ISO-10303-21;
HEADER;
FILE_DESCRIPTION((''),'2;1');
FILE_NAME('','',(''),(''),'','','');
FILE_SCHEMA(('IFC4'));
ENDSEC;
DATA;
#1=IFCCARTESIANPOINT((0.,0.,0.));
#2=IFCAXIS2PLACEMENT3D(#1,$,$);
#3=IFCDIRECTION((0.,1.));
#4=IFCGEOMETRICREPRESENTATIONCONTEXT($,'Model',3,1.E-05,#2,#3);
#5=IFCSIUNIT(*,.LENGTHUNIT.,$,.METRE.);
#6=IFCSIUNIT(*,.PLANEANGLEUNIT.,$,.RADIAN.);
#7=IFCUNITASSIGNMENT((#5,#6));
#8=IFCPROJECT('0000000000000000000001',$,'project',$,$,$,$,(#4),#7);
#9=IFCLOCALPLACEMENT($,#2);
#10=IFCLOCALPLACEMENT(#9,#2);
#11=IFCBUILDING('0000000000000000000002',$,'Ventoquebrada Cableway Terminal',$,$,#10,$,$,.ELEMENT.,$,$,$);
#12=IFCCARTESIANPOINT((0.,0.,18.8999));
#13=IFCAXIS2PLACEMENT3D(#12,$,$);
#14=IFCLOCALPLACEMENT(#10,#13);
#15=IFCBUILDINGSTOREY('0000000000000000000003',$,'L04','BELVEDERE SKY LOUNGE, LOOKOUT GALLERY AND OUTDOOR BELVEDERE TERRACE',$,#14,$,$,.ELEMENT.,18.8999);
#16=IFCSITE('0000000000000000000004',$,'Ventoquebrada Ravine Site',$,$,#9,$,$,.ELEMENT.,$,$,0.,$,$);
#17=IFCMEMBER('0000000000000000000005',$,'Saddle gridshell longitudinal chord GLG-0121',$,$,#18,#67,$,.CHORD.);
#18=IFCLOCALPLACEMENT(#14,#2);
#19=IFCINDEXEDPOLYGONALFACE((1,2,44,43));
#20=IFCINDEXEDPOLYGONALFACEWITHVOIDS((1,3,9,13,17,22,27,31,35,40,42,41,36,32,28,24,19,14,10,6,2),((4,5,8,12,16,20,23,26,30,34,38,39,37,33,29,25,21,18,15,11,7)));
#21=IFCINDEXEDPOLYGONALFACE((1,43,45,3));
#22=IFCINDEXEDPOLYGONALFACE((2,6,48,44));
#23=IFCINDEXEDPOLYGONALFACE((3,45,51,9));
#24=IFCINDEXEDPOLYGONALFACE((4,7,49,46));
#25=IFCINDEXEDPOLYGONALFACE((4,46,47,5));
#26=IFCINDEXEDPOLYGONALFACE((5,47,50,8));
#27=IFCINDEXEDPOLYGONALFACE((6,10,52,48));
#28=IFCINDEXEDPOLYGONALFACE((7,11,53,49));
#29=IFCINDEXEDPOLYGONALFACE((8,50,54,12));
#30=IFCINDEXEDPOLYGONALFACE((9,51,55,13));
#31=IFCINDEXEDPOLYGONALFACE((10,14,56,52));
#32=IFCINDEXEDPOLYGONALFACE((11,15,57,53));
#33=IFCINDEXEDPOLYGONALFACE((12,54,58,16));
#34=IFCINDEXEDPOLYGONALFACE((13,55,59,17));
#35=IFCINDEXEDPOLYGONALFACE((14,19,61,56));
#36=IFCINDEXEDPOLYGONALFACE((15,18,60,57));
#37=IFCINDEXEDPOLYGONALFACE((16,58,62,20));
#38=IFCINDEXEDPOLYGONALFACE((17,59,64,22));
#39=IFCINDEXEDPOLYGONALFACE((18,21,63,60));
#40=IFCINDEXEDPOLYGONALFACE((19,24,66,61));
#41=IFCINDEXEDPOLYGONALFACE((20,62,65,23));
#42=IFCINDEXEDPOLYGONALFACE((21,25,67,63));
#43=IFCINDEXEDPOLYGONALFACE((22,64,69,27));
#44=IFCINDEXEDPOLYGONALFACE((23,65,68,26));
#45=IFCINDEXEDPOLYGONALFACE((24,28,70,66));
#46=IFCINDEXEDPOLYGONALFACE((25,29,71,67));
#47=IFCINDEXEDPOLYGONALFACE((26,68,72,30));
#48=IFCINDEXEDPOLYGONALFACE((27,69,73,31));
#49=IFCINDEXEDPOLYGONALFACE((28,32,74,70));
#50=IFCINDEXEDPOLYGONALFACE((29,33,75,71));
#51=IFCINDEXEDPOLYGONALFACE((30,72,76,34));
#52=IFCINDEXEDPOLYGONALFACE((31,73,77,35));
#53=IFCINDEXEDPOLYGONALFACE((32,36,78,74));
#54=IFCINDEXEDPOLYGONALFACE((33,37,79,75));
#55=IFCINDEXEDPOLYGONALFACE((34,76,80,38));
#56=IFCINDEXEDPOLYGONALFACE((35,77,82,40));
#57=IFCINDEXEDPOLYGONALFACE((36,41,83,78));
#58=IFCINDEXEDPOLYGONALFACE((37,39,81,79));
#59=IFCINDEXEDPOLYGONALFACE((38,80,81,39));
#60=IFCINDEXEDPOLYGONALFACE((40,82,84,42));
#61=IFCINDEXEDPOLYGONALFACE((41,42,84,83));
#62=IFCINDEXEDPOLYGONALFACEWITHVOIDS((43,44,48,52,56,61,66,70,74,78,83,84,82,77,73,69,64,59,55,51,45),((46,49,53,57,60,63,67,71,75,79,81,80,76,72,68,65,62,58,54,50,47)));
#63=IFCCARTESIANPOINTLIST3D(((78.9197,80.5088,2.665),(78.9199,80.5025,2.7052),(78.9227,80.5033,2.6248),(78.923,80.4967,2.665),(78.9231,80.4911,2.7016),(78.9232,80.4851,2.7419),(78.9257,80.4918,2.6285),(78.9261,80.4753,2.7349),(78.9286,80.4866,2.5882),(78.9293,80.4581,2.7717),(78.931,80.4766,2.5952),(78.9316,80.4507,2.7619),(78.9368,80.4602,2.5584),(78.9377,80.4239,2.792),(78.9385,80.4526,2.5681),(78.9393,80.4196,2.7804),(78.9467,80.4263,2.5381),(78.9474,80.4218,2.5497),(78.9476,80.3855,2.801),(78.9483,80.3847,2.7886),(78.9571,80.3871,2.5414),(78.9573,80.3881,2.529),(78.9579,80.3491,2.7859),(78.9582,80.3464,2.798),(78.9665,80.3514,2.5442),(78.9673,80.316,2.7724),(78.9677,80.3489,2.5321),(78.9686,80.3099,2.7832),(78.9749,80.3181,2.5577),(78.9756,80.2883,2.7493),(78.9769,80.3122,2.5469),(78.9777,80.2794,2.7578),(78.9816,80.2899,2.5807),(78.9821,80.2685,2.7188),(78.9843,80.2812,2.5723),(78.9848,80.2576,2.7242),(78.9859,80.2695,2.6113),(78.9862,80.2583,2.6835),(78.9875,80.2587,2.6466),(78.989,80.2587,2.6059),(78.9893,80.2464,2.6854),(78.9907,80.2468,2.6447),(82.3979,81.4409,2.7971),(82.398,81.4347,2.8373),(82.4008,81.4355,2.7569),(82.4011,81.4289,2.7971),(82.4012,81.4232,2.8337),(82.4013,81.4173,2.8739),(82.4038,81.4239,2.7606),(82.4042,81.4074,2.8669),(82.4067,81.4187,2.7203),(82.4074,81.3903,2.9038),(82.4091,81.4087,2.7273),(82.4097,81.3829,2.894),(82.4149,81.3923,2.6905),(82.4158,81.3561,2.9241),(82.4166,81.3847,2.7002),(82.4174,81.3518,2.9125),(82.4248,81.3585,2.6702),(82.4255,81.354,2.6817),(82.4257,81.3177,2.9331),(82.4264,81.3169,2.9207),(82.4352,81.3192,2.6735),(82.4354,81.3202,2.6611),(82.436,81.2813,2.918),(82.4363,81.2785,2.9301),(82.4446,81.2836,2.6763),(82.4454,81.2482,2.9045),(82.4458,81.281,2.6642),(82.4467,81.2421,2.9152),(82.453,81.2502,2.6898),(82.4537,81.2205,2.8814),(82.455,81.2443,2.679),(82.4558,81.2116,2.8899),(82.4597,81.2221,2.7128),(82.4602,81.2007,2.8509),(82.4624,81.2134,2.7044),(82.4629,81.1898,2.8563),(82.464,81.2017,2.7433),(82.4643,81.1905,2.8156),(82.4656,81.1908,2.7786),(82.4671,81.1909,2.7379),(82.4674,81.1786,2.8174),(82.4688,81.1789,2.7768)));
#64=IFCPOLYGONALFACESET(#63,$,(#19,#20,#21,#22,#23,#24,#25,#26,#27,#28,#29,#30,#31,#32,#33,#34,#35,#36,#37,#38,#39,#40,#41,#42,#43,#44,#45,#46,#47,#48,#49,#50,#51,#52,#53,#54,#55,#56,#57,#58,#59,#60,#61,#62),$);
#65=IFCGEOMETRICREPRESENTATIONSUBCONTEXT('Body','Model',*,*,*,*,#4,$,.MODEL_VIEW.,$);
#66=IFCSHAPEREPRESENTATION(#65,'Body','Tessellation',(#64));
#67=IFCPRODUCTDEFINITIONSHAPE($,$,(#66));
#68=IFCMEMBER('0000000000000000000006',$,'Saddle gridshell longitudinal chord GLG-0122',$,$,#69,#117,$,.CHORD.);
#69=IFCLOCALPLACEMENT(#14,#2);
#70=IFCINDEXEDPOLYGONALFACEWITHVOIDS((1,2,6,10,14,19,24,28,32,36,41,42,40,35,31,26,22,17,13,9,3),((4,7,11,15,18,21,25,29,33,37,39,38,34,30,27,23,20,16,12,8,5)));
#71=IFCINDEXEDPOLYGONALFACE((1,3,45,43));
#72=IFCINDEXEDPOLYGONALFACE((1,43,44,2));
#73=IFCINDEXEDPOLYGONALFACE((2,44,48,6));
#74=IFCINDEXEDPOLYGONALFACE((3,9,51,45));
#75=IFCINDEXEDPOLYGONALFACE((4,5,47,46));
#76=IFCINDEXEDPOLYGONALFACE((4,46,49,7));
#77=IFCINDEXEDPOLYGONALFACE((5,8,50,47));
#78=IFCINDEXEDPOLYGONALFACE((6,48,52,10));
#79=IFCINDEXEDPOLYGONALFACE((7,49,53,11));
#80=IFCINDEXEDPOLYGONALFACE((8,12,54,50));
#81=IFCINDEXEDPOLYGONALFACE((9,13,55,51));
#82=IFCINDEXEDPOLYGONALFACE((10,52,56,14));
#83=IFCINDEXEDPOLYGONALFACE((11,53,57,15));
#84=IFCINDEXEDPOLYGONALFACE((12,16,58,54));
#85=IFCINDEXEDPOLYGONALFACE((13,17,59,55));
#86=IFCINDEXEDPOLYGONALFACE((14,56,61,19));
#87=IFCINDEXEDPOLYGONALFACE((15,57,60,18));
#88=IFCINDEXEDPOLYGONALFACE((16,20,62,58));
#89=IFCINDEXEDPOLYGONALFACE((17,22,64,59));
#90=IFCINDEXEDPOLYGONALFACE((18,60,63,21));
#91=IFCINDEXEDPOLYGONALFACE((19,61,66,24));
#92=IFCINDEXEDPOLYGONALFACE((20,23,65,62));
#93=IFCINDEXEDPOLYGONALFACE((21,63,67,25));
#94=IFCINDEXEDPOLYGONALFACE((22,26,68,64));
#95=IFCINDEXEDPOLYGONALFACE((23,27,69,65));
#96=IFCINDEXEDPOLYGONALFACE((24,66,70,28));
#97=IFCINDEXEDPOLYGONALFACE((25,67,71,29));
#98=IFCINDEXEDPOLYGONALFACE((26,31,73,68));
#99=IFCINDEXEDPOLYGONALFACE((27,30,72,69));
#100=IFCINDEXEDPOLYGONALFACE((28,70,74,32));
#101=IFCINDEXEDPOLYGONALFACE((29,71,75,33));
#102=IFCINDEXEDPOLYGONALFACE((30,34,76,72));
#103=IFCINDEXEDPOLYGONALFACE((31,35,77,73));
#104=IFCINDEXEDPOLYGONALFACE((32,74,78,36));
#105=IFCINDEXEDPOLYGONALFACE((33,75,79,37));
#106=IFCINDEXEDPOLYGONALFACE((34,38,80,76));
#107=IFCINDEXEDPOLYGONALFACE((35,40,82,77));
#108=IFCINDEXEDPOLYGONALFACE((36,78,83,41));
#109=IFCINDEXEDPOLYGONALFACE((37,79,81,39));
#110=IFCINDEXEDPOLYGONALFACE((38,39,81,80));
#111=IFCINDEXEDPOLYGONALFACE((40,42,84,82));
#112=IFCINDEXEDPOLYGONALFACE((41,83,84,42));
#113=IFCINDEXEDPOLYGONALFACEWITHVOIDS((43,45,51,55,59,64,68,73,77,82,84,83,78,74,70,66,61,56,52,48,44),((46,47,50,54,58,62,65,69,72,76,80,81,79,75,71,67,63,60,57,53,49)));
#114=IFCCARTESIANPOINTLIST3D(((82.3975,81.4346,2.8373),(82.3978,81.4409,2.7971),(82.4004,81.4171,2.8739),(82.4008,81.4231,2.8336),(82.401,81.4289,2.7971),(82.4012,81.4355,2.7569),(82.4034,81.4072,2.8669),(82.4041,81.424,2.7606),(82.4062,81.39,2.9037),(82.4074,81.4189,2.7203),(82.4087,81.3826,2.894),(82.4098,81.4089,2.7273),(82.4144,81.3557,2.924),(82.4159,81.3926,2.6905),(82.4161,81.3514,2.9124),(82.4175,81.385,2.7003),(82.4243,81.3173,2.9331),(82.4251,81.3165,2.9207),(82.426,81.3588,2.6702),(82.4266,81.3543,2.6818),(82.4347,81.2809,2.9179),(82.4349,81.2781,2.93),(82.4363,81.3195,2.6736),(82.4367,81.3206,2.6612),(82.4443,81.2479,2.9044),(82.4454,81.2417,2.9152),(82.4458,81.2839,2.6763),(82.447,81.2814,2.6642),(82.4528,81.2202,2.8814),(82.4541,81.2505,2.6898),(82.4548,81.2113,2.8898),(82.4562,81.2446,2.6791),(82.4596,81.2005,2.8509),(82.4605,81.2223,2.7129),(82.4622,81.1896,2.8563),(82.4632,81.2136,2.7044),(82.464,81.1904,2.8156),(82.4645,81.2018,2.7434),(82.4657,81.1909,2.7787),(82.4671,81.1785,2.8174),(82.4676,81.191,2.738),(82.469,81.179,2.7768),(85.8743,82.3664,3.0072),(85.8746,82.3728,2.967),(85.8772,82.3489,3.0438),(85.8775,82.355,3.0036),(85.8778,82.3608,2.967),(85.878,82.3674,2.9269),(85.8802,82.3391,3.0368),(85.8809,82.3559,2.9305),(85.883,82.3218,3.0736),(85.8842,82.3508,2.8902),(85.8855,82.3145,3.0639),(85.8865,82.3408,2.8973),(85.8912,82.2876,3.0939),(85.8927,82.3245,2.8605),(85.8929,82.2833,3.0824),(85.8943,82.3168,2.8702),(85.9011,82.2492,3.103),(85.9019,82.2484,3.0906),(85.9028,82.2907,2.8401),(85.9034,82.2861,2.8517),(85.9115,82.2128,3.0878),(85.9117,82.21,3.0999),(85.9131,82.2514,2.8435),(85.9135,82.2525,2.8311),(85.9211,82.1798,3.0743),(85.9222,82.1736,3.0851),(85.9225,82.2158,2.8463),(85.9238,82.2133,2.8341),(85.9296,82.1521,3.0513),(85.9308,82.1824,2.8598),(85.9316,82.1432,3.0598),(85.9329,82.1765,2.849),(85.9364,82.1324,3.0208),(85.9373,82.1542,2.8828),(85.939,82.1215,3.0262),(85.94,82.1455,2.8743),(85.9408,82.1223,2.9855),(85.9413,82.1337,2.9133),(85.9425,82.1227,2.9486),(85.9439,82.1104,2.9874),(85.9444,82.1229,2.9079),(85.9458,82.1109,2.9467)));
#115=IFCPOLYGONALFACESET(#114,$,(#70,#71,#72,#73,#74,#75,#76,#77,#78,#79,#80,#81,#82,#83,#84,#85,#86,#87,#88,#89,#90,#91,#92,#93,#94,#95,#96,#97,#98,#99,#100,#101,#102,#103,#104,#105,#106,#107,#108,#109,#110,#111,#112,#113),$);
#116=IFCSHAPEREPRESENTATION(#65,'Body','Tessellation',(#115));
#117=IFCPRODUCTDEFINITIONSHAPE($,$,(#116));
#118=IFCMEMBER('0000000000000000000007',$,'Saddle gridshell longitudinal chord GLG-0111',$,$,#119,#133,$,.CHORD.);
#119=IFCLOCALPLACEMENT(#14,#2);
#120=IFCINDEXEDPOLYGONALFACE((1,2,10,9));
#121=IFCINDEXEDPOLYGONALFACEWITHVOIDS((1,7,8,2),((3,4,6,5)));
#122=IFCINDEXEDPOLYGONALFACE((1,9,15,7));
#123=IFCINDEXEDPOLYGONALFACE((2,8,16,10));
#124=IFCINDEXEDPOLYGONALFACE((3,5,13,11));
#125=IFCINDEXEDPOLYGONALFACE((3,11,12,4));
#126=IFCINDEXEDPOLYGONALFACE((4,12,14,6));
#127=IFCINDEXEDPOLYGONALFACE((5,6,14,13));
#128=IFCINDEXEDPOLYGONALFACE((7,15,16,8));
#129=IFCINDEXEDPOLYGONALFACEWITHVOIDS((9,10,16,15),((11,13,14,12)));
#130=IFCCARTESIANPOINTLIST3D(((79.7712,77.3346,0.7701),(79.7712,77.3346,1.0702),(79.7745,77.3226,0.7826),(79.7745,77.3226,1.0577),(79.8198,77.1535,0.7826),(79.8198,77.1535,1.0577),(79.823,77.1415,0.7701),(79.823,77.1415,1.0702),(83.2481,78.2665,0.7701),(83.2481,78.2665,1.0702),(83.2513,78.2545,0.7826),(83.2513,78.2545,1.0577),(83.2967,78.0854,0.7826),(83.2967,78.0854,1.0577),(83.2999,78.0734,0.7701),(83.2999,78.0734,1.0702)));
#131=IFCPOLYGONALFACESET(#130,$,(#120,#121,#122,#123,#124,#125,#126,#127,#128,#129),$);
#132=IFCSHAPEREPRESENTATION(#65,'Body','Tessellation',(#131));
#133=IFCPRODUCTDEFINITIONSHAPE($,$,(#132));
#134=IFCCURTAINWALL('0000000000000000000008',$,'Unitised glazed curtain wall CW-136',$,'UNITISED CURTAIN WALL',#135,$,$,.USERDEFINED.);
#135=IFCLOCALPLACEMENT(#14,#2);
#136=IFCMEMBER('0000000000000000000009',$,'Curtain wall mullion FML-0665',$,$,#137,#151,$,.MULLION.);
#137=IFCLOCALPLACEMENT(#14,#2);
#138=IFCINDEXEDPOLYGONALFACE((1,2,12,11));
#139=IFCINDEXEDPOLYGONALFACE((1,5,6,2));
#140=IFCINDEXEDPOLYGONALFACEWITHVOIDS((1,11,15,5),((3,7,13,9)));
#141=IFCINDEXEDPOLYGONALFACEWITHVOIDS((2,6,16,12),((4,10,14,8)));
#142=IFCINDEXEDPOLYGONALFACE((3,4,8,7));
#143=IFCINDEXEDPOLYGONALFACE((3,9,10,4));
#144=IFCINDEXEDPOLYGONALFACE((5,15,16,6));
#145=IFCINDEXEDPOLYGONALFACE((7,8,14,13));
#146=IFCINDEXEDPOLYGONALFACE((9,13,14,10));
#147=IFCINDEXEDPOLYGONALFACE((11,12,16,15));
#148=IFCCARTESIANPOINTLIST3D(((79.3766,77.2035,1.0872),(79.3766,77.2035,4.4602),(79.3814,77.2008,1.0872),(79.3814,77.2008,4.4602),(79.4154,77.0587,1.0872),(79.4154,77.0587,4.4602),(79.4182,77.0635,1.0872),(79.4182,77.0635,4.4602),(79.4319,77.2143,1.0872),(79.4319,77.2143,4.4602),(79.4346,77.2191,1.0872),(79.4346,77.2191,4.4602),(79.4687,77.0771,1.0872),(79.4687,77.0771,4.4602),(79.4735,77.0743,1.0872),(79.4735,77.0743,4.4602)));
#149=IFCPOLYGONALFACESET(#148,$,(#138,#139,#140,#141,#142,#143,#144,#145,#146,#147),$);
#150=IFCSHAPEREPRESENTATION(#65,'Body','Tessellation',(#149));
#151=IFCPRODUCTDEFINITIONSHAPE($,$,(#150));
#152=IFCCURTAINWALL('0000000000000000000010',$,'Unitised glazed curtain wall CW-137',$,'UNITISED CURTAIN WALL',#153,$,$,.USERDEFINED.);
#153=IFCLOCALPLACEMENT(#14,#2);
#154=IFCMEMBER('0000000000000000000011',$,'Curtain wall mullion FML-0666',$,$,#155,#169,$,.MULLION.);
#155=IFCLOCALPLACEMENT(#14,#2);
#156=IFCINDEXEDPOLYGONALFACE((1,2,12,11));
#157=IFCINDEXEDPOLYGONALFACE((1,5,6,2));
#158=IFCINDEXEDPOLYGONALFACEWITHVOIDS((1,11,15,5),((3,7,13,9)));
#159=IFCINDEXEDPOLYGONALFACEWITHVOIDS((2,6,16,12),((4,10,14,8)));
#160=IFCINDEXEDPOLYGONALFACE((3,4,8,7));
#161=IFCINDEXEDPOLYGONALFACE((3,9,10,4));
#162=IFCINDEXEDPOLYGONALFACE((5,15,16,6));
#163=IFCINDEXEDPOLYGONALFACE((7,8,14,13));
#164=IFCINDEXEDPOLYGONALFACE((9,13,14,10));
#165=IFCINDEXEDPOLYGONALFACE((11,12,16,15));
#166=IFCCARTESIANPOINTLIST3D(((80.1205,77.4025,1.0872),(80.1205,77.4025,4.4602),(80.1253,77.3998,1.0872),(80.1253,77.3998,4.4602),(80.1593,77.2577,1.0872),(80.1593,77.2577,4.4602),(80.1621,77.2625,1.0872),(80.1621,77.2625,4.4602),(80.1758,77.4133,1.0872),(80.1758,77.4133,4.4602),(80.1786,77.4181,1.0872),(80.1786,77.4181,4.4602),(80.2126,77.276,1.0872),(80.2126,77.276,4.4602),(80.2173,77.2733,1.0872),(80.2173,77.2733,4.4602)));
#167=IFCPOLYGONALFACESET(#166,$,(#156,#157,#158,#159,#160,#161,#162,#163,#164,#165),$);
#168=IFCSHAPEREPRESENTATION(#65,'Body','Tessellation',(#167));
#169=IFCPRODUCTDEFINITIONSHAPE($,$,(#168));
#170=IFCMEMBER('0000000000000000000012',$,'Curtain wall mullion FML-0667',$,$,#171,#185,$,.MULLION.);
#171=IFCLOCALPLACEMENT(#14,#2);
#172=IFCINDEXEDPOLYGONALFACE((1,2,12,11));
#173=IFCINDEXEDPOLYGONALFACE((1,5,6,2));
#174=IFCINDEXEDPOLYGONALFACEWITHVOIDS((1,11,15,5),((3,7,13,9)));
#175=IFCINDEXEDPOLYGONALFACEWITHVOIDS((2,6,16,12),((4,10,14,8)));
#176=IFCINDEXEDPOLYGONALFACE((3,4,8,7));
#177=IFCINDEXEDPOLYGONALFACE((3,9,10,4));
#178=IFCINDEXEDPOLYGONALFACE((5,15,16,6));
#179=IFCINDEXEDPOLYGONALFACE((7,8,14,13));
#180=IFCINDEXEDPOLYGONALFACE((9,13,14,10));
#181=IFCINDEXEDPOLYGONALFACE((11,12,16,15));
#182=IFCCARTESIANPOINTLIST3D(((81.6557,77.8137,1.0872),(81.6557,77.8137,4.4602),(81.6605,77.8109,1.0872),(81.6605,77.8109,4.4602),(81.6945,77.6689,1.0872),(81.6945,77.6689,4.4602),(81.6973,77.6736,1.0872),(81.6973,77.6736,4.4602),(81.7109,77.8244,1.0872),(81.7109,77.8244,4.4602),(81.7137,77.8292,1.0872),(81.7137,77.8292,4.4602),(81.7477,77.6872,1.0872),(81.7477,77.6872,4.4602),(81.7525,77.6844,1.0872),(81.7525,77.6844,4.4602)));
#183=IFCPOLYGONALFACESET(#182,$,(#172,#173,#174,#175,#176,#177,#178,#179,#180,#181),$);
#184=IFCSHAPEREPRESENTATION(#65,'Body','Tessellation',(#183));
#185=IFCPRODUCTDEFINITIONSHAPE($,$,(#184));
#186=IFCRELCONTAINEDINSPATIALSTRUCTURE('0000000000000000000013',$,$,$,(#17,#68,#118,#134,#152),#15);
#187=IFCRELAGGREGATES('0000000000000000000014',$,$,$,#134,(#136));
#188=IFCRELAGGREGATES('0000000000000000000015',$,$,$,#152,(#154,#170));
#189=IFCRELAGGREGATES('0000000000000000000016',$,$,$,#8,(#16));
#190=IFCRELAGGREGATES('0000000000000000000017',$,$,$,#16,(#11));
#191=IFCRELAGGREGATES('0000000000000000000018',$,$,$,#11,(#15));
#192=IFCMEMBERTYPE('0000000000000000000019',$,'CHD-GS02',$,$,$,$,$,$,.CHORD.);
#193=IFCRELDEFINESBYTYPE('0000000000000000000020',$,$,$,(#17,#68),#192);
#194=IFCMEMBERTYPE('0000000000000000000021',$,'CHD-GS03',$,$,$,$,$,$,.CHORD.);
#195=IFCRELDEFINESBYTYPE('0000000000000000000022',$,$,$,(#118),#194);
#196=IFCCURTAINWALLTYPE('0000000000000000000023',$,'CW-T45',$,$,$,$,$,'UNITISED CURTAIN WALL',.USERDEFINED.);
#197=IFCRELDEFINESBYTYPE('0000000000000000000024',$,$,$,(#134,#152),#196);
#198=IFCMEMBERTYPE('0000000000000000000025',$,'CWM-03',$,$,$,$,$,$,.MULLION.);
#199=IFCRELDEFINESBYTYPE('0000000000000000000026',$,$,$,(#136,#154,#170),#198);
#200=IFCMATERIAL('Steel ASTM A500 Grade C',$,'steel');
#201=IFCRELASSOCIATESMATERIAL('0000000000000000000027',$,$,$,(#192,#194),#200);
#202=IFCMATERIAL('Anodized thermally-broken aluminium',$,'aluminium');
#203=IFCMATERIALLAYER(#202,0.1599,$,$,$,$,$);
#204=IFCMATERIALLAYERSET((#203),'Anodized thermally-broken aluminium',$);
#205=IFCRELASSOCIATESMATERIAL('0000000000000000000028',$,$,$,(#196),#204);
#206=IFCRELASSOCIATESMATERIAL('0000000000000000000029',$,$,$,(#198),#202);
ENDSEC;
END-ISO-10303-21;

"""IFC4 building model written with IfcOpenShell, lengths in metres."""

from ifc_helpers import new_model, si_unit, direction, frame, origin, origin_2d, place, context, subcontext, project, spatial, hollow_rectangle, hollow_circle, extrude, material, layer, layer_set, material_profile, profile_set, type_object, element, aggregate, save


model = new_model("IFC4")

# Units and contexts
model_context = context("Model", 3, precision=1e-05, world=origin(), true_north=direction((0.0, 1.0)))
body_context = subcontext(model_context, "Body", "Model", "MODEL_VIEW")
ifc_project = project(units=[si_unit("LENGTHUNIT", "METRE"), si_unit("PLANEANGLEUNIT", "RADIAN")], contexts=[model_context])

# Site, building, storey
site_placement = place(None, origin())
site = spatial("IfcSite", under=ifc_project, at=site_placement, Name="Ventoquebrada Ravine Site", CompositionType="ELEMENT", RefElevation=0.0)
building_placement = place(site_placement, origin())
building = spatial("IfcBuilding", under=site, at=building_placement, Name="Ventoquebrada Cableway Terminal", CompositionType="ELEMENT")
storey_placement = place(building_placement, frame((0.0, 0.0, 18.8999)))
storey = spatial("IfcBuildingStorey", under=building, at=storey_placement, Name="L04", Description="BELVEDERE SKY LOUNGE, LOOKOUT GALLERY AND OUTDOOR BELVEDERE TERRACE", CompositionType="ELEMENT", Elevation=18.8999)

# Members
ifc_material_1 = material(Name="Steel ASTM A500 Grade C", Category="steel")
ifc_material_profile_1 = material_profile(ifc_material_1, hollow_circle(Radius=0.1365, WallThickness=0.0125, at=origin_2d()), Name="CHS273.0X12.5")
ifc_profile_set_1 = profile_set([ifc_material_profile_1], Name="Steel ASTM A500 Grade C")
member_type_1 = type_object("IfcMemberType", Name="CHD-GS02", PredefinedType="CHORD", material=ifc_profile_set_1)
member_1_placement = place(storey_placement, frame((78.9551, 80.377, 2.665), z_axis=(0.965263, 0.258695, 0.036656), x_axis=(-0.258869, 0.965912, 0.0)))
element("IfcMember", 1, at=member_1_placement, inside=storey, type_object=member_type_1, Name="Saddle gridshell longitudinal chord GLG-0121", PredefinedType="CHORD", context=body_context, shape_type="SweptSolid", body=[
    extrude(hollow_circle(Radius=0.1365, WallThickness=0.0125, at=origin_2d()), origin(), (0.0, 0.0, 1.0), 3.6033),
])
member_2_placement = place(storey_placement, frame((82.4331, 81.3091, 2.7971), z_axis=(0.964832, 0.258603, 0.047154), x_axis=(-0.258891, 0.965907, 0.0)))
element("IfcMember", 2, at=member_2_placement, inside=storey, type_object=member_type_1, Name="Saddle gridshell longitudinal chord GLG-0122", PredefinedType="CHORD", context=body_context, shape_type="SweptSolid", body=[
    extrude(hollow_circle(Radius=0.1365, WallThickness=0.0125, at=origin_2d()), origin(), (0.0, 0.0, 1.0), 3.6035),
])
ifc_material_profile_2 = material_profile(ifc_material_1, hollow_rectangle(XDim=0.2, YDim=0.3, WallThickness=0.0125, at=origin_2d()), Name="RHS300X200X12.5")
ifc_profile_set_2 = profile_set([ifc_material_profile_2], Name="Steel ASTM A500 Grade C")
member_type_2 = type_object("IfcMemberType", Name="CHD-GS03", PredefinedType="CHORD", material=ifc_profile_set_2)
member_3_placement = place(storey_placement, frame((79.7971, 77.238, 0.9202), z_axis=(0.965907, 0.258891, 0.0), x_axis=(-0.258891, 0.965907, 0.0)))
element("IfcMember", 3, at=member_3_placement, inside=storey, type_object=member_type_2, Name="Saddle gridshell longitudinal chord GLG-0111", PredefinedType="CHORD", context=body_context, shape_type="SweptSolid", body=[
    extrude(hollow_rectangle(XDim=0.2, YDim=0.3, WallThickness=0.0125, at=origin_2d()), origin(), (0.0, 0.0, 1.0), 3.5996),
])

# Curtain wall, member
ifc_material_2 = material(Name="Anodized thermally-broken aluminium", Category="aluminium")
ifc_layer_1 = layer(ifc_material_2, 0.1599)
ifc_layer_set_1 = layer_set([ifc_layer_1], Name="Anodized thermally-broken aluminium")
curtain_wall_type = type_object("IfcCurtainWallType", Name="CW-T45", ElementType="UNITISED CURTAIN WALL", PredefinedType="USERDEFINED", material=ifc_layer_set_1)
curtain_wall_1_placement = place(storey_placement, origin())
curtain_wall_1 = element("IfcCurtainWall", 4, at=curtain_wall_1_placement, inside=storey, type_object=curtain_wall_type, Name="Unitised glazed curtain wall CW-136", ObjectType="UNITISED CURTAIN WALL", PredefinedType="USERDEFINED")
ifc_material_profile_3 = material_profile(ifc_material_2, hollow_rectangle(XDim=0.0601, YDim=0.1499, WallThickness=0.0039, at=origin_2d()), Name="CW-MUL-60X150")
ifc_profile_set_3 = profile_set([ifc_material_profile_3], Name="Anodized thermally-broken aluminium")
member_type_3 = type_object("IfcMemberType", Name="CWM-03", PredefinedType="MULLION", material=ifc_profile_set_3)
member_4_placement = place(storey_placement, frame((79.425, 77.1389, 1.0872), z_axis=(0.0, 0.0, 1.0), x_axis=(0.965903, 0.258903, 0.0)))
member_4 = element("IfcMember", 5, at=member_4_placement, type_object=member_type_3, Name="Curtain wall mullion FML-0665", PredefinedType="MULLION", context=body_context, shape_type="SweptSolid", body=[
    extrude(hollow_rectangle(XDim=0.0601, YDim=0.1499, WallThickness=0.0039, at=origin_2d()), origin(), (0.0, 0.0, 1.0), 3.373),
])
aggregate(curtain_wall_1, [member_4])

# Curtain wall, members
curtain_wall_2_placement = place(storey_placement, origin())
curtain_wall_2 = element("IfcCurtainWall", 6, at=curtain_wall_2_placement, inside=storey, type_object=curtain_wall_type, Name="Unitised glazed curtain wall CW-137", ObjectType="UNITISED CURTAIN WALL", PredefinedType="USERDEFINED")
member_5_placement = place(storey_placement, frame((80.1689, 77.3379, 1.0872), z_axis=(0.0, 0.0, 1.0), x_axis=(0.965935, 0.258785, 0.0)))
member_5 = element("IfcMember", 7, at=member_5_placement, type_object=member_type_3, Name="Curtain wall mullion FML-0666", PredefinedType="MULLION", context=body_context, shape_type="SweptSolid", body=[
    extrude(hollow_rectangle(XDim=0.0601, YDim=0.1499, WallThickness=0.0039, at=origin_2d()), origin(), (0.0, 0.0, 1.0), 3.373),
])
member_6_placement = place(storey_placement, frame((81.7041, 77.749, 1.0872), z_axis=(0.0, 0.0, 1.0), x_axis=(0.965935, 0.258785, 0.0)))
member_6 = element("IfcMember", 8, at=member_6_placement, type_object=member_type_3, Name="Curtain wall mullion FML-0667", PredefinedType="MULLION", context=body_context, shape_type="SweptSolid", body=[
    extrude(hollow_rectangle(XDim=0.0601, YDim=0.1499, WallThickness=0.0039, at=origin_2d()), origin(), (0.0, 0.0, 1.0), 3.373),
])

aggregate(curtain_wall_2, [member_5, member_6])

save(model, "model.ifc")
